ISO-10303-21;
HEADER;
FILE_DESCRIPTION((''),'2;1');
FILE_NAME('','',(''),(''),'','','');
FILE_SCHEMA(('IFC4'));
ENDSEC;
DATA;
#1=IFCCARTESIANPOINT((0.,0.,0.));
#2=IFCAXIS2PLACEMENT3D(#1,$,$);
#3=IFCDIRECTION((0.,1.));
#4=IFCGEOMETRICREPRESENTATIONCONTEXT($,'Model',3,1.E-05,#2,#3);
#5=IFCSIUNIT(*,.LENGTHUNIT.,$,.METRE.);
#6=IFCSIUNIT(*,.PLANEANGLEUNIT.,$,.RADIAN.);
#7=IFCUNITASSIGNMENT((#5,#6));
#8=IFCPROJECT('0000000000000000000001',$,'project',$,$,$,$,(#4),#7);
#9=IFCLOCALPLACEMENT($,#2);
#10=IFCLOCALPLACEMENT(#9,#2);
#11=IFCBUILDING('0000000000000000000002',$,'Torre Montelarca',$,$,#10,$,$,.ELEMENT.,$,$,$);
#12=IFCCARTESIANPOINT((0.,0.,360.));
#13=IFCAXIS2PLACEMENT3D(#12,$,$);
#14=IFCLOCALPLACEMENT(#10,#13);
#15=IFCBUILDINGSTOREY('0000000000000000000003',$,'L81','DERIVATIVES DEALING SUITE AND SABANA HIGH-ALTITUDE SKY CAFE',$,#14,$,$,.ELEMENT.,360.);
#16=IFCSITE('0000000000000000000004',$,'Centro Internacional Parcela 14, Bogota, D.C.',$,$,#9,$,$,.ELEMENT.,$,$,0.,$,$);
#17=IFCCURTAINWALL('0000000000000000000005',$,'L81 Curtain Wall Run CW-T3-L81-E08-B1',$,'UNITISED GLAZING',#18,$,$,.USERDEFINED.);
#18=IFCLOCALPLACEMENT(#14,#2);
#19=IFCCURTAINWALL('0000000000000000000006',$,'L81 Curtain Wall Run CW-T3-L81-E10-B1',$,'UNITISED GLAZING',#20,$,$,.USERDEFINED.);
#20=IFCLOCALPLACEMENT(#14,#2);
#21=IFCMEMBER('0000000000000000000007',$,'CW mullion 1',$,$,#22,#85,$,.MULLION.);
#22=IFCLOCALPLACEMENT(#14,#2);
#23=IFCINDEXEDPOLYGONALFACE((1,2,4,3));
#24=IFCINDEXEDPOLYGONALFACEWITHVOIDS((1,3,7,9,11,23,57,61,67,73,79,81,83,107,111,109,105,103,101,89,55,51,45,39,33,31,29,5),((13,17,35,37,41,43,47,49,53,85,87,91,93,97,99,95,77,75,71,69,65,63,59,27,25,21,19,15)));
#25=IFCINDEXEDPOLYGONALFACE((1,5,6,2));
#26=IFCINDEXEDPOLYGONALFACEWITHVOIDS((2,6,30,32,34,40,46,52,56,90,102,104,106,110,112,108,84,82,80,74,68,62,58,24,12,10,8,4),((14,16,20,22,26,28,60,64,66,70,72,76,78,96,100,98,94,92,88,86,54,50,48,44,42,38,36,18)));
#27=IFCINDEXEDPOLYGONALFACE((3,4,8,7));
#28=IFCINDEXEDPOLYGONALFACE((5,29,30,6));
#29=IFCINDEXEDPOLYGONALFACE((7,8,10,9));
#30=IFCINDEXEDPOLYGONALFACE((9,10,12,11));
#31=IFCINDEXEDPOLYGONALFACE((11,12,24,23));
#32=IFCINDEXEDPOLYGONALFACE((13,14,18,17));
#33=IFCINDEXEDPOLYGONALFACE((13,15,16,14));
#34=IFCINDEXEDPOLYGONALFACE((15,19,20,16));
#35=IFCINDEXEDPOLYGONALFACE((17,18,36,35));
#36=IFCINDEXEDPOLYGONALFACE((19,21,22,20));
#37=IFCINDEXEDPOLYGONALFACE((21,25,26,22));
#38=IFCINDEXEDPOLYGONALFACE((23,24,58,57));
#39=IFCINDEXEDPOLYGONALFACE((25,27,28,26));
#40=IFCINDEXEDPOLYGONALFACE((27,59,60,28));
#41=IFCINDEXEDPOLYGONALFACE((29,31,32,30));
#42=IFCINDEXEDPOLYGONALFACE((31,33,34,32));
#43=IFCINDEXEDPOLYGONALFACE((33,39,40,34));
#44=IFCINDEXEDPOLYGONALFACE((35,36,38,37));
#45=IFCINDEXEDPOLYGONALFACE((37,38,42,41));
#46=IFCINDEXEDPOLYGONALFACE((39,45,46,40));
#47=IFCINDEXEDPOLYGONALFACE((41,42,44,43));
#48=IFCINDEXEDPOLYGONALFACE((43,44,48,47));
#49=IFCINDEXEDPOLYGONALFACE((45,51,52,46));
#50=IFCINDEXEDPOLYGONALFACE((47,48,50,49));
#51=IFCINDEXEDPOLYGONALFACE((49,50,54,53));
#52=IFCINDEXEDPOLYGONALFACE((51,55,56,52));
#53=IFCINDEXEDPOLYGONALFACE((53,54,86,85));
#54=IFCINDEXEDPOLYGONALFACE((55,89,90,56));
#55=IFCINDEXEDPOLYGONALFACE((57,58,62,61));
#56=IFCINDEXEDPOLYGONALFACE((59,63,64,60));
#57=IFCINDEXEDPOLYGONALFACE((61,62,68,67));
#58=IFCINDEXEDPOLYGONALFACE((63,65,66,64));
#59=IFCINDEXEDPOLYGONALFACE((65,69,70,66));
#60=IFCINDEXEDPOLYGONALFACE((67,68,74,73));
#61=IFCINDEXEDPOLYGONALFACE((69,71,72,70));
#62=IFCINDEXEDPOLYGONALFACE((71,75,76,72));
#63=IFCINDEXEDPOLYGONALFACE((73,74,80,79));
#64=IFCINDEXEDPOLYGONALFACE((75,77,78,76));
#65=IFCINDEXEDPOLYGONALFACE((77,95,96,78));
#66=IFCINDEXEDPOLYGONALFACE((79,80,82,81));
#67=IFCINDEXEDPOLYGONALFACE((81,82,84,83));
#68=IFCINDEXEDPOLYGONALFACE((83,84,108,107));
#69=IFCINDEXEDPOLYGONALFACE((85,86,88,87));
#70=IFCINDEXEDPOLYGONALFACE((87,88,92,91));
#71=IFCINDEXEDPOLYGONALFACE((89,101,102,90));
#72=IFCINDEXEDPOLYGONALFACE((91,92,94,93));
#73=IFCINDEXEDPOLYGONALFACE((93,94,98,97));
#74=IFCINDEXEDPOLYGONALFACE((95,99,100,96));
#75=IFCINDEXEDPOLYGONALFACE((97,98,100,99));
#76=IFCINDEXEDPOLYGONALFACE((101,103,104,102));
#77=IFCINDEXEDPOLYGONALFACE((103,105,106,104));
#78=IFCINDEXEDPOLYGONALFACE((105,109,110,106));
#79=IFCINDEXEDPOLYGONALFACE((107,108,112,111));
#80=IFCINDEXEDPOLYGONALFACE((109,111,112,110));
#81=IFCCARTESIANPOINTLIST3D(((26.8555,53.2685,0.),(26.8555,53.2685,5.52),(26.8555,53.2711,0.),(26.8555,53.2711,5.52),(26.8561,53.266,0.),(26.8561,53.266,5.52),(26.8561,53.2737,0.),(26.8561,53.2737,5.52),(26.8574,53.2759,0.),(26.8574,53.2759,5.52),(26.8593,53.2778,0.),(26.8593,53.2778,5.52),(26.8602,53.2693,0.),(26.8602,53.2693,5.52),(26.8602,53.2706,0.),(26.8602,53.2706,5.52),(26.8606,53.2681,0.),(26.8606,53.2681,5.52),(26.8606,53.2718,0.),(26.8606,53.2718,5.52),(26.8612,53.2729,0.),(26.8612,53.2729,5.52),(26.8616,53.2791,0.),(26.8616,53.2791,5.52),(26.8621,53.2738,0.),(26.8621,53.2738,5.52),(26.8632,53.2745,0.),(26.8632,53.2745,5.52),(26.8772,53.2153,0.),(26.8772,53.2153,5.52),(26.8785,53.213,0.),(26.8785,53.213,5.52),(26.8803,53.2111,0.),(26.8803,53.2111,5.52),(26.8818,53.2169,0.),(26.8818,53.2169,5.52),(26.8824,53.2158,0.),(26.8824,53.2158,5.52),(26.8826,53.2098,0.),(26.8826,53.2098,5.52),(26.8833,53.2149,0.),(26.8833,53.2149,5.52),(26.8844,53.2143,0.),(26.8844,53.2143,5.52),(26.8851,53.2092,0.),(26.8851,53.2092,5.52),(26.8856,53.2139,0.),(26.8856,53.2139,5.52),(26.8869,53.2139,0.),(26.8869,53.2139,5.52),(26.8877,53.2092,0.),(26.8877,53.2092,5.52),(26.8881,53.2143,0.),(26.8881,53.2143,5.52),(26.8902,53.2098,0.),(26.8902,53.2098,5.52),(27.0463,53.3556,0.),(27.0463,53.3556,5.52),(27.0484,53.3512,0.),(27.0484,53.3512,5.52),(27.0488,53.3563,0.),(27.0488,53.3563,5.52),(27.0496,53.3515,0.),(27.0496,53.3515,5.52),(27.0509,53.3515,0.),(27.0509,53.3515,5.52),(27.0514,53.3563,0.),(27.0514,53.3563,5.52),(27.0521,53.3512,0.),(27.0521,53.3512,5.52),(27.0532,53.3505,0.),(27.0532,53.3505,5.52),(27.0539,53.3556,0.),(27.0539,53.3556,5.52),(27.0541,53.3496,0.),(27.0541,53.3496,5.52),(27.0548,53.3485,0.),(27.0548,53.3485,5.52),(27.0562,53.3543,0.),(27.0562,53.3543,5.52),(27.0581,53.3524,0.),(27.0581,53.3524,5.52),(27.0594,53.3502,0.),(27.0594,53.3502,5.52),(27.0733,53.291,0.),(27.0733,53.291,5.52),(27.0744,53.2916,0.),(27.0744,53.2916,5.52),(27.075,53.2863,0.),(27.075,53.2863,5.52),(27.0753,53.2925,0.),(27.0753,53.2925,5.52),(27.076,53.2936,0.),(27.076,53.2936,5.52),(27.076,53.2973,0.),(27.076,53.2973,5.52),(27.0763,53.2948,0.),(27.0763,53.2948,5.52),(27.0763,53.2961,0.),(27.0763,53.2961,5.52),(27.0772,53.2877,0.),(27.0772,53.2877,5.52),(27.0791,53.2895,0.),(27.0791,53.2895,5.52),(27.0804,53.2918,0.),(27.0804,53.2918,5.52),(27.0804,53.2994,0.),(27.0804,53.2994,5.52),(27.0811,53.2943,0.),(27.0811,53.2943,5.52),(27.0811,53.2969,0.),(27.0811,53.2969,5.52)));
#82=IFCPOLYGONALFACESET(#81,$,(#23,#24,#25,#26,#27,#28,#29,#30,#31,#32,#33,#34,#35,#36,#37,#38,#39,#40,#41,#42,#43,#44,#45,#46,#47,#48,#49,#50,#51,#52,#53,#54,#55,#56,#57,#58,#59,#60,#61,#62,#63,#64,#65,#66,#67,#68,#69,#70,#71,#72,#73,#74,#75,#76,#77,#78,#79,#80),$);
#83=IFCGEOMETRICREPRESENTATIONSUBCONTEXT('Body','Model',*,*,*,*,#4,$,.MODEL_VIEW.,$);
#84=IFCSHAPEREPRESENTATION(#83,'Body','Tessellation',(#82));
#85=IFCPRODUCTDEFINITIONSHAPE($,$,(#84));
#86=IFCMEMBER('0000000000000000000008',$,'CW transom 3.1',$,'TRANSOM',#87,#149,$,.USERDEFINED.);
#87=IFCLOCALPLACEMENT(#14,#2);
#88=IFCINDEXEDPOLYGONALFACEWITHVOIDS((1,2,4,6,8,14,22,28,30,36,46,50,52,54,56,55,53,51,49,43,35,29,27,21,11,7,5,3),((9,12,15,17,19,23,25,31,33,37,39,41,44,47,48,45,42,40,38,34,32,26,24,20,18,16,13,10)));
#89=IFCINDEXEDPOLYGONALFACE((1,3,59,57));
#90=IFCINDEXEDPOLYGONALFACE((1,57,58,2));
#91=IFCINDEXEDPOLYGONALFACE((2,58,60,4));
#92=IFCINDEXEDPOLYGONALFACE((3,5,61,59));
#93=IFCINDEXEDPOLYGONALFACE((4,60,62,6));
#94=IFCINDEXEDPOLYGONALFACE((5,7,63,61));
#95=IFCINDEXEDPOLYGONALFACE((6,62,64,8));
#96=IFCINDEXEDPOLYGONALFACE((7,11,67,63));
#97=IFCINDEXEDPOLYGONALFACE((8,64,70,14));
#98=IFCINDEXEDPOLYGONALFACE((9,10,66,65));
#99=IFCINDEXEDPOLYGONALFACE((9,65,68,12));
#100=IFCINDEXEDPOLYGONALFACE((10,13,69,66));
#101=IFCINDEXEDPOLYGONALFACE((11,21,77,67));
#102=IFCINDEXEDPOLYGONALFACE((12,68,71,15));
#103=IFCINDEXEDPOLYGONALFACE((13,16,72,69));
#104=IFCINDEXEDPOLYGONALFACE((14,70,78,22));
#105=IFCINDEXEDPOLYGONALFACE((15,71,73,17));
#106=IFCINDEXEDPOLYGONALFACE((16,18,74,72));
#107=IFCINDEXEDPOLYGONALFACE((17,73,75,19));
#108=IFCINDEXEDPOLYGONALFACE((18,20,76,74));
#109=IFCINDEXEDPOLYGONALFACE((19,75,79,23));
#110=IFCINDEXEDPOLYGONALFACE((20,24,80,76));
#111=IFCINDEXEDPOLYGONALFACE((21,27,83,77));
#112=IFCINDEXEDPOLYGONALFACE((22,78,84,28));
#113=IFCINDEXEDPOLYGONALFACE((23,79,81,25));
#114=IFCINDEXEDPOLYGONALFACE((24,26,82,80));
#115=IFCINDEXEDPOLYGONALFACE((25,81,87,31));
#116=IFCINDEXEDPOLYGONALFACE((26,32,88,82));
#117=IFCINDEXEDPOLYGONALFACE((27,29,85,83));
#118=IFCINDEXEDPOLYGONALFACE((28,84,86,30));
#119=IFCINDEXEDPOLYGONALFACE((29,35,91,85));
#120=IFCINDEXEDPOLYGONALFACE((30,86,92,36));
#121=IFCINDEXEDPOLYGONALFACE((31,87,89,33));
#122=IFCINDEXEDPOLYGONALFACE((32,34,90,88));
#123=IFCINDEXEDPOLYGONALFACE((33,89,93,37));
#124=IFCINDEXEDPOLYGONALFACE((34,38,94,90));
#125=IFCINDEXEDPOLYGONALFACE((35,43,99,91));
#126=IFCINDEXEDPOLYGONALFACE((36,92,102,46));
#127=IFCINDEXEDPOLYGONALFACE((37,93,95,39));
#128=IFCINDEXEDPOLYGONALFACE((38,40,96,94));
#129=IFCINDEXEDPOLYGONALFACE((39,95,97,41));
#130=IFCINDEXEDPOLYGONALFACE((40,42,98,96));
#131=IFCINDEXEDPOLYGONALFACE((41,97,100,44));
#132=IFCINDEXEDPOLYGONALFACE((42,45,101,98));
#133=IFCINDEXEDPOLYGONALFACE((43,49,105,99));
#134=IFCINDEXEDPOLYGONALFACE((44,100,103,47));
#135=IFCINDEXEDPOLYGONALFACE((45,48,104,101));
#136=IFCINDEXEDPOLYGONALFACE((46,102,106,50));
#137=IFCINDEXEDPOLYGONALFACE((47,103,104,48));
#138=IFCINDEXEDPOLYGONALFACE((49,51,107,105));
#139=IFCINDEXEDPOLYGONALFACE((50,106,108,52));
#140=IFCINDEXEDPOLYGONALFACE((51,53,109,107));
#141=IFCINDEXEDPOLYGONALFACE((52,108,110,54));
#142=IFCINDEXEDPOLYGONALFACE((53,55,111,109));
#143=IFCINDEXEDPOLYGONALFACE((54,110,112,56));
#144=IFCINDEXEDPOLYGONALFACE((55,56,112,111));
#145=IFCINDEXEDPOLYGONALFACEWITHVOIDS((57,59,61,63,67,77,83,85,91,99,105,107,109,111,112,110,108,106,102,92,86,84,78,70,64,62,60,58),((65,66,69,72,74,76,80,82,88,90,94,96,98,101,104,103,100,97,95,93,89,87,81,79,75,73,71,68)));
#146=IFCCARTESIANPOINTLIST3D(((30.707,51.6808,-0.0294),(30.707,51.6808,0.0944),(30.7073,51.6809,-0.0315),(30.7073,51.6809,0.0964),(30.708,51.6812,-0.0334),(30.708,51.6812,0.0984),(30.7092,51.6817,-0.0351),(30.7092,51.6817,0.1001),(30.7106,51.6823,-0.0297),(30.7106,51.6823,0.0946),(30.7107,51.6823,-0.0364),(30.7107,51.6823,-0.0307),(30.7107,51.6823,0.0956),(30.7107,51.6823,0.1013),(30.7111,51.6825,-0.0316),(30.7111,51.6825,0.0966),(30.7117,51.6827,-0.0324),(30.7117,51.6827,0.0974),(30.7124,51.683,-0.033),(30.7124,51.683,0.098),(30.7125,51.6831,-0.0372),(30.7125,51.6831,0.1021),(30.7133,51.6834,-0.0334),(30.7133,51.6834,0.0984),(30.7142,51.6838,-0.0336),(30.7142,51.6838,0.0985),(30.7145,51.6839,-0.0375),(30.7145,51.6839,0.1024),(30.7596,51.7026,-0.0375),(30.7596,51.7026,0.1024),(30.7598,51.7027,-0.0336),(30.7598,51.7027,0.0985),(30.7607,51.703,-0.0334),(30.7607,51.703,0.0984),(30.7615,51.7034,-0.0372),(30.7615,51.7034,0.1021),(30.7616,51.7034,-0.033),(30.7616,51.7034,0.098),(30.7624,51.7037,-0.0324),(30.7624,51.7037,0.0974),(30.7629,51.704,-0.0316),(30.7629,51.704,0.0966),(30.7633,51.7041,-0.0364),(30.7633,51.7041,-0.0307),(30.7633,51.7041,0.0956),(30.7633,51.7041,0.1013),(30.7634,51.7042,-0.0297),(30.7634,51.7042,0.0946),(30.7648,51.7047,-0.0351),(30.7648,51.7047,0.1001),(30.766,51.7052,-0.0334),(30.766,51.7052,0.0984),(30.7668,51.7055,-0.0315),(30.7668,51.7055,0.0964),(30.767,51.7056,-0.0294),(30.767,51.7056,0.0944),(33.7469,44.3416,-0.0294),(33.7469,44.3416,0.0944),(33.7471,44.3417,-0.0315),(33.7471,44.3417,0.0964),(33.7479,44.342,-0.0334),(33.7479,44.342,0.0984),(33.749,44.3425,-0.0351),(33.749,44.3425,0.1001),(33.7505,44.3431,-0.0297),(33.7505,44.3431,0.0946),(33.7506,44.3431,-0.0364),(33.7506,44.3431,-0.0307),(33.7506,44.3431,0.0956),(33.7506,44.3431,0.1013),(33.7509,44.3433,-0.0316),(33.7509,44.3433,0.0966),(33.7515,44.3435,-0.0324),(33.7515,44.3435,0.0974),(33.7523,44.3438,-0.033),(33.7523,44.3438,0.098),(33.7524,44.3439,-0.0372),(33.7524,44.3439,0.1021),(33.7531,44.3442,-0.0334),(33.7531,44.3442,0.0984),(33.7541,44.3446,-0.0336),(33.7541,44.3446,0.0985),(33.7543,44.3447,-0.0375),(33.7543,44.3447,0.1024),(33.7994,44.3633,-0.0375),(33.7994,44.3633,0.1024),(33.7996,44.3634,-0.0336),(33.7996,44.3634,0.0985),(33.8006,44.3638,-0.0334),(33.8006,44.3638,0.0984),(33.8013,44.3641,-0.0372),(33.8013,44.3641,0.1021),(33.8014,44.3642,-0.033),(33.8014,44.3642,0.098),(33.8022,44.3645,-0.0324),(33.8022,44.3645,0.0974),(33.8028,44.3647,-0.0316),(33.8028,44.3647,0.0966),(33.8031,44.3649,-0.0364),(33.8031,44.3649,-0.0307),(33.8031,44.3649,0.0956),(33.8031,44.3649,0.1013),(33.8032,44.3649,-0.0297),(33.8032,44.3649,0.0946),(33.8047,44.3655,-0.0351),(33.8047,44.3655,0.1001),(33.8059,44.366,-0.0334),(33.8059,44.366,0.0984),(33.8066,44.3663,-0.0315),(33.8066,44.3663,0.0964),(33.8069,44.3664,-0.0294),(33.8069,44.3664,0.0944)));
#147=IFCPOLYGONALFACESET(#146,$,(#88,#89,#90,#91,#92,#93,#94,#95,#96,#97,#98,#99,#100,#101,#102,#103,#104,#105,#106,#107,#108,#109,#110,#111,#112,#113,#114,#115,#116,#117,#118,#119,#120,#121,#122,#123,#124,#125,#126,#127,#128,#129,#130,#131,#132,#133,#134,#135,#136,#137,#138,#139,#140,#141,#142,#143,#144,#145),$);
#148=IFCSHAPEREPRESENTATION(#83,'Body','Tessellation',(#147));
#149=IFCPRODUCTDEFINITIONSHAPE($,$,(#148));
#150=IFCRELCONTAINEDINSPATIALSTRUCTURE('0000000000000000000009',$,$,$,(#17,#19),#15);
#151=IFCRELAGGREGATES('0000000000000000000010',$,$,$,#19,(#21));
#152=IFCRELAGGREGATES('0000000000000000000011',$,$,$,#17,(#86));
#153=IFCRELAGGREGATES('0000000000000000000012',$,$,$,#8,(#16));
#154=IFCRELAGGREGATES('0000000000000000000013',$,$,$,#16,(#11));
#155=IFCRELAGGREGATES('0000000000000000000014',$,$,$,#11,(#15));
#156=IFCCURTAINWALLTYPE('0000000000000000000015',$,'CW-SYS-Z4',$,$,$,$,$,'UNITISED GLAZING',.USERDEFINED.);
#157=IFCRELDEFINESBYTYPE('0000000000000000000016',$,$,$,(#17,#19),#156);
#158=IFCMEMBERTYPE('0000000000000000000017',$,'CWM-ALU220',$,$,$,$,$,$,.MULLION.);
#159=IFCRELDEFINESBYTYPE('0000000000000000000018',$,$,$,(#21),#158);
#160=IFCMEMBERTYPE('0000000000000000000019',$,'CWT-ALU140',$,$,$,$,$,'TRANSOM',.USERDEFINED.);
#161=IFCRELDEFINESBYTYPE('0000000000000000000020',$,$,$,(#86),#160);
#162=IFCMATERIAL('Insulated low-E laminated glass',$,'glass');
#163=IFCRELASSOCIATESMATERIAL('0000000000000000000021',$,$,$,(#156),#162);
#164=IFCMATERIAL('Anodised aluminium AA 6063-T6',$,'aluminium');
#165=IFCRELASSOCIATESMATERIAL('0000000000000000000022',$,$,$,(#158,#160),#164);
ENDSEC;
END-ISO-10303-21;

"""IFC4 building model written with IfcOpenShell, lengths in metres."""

from ifc_helpers import new_model, si_unit, direction, frame, origin, origin_2d, place, context, subcontext, project, spatial, hollow_rectangle, extrude, source, transform, mapped, material, material_profile, profile_set, type_object, element, aggregate, save


model = new_model("IFC4")

# Units and contexts
model_context = context("Model", 3, precision=1e-05, world=origin(), true_north=direction((0.0, 1.0)))
body_context = subcontext(model_context, "Body", "Model", "MODEL_VIEW")
ifc_project = project(units=[si_unit("LENGTHUNIT", "METRE"), si_unit("PLANEANGLEUNIT", "RADIAN")], contexts=[model_context])

# Site, building, storey
site_placement = place(None, origin())
site = spatial("IfcSite", under=ifc_project, at=site_placement, Name="Centro Internacional Parcela 14, Bogota, D.C.", CompositionType="ELEMENT", RefElevation=0.0)
building_placement = place(site_placement, origin())
building = spatial("IfcBuilding", under=site, at=building_placement, Name="Torre Montelarca", CompositionType="ELEMENT")
storey_placement = place(building_placement, frame((0.0, 0.0, 360.0)))
storey = spatial("IfcBuildingStorey", under=building, at=storey_placement, Name="L81", Description="DERIVATIVES DEALING SUITE AND SABANA HIGH-ALTITUDE SKY CAFE", CompositionType="ELEMENT", Elevation=360.0)

# Curtain wall
ifc_material_1 = material(Name="Insulated low-E laminated glass", Category="glass")
curtain_wall_type = type_object("IfcCurtainWallType", Name="CW-SYS-Z4", ElementType="UNITISED GLAZING", PredefinedType="USERDEFINED", material=ifc_material_1)
curtain_wall_1_placement = place(storey_placement, origin())
curtain_wall_1 = element("IfcCurtainWall", 1, at=curtain_wall_1_placement, inside=storey, type_object=curtain_wall_type, Name="L81 Curtain Wall Run CW-T3-L81-E08-B1", ObjectType="UNITISED GLAZING", PredefinedType="USERDEFINED")
ifc_material_2 = material(Name="Anodised aluminium AA 6063-T6", Category="aluminium")
ifc_material_profile_1 = material_profile(ifc_material_2, hollow_rectangle(XDim=0.075, YDim=0.22, WallThickness=0.0049, InnerFilletRadius=0.0049, OuterFilletRadius=0.01, at=origin_2d()), Name="ALU75X220X5", Category="aluminium")
ifc_profile_set_1 = profile_set([ifc_material_profile_1], Name="Anodised aluminium AA 6063-T6")
member_type_1 = type_object("IfcMemberType", Name="CWM-ALU220", PredefinedType="MULLION", material=ifc_profile_set_1)
shared_shape_1 = source(origin(), body_context, "Body", "SweptSolid", [
    extrude(hollow_rectangle(XDim=0.075, YDim=0.22, WallThickness=0.0049, InnerFilletRadius=0.0049, OuterFilletRadius=0.01, at=origin_2d()), origin(), (0.0, 0.0, 1.0), 5.52),
])

# Curtain wall, member
curtain_wall_2_placement = place(storey_placement, origin())
curtain_wall_2 = element("IfcCurtainWall", 2, at=curtain_wall_2_placement, inside=storey, type_object=curtain_wall_type, Name="L81 Curtain Wall Run CW-T3-L81-E10-B1", ObjectType="UNITISED GLAZING", PredefinedType="USERDEFINED")
member_1_placement = place(storey_placement, frame((26.9683, 53.2827, 0.0), z_axis=(0.0, 0.0, 1.0), x_axis=(0.382672, -0.923884, 0.0)))
member_1 = element("IfcMember", 3, at=member_1_placement, type_object=member_type_1, Name="CW mullion 1", PredefinedType="MULLION", context=body_context, shape_type="MappedRepresentation", body=[
    mapped(shared_shape_1, transform((0.0, 0.0, 0.0), scale=1.0)),
])

# Member
ifc_material_profile_2 = material_profile(ifc_material_2, hollow_rectangle(XDim=0.0649, YDim=0.1399, WallThickness=0.0039, InnerFilletRadius=0.0039, OuterFilletRadius=0.0081, at=origin_2d()), Name="ALU65X140X4", Category="aluminium")
ifc_profile_set_2 = profile_set([ifc_material_profile_2], Name="Anodised aluminium AA 6063-T6")
member_type_2 = type_object("IfcMemberType", Name="CWT-ALU140", ElementType="TRANSOM", PredefinedType="USERDEFINED", material=ifc_profile_set_2)
shared_shape_2 = source(origin(), body_context, "Body", "SweptSolid", [
    extrude(hollow_rectangle(XDim=0.0649, YDim=0.1399, WallThickness=0.0039, InnerFilletRadius=0.0039, OuterFilletRadius=0.0081, at=origin_2d()), origin(), (0.0, 0.0, 1.0), 7.9438),
])
member_2_placement = place(storey_placement, frame((33.7769, 44.354, 0.0325), z_axis=(-0.382666, 0.923887, 0.0), x_axis=(-0.923887, -0.382666, 0.0)))
member_2 = element("IfcMember", 4, at=member_2_placement, type_object=member_type_2, Name="CW transom 3.1", ObjectType="TRANSOM", PredefinedType="USERDEFINED", context=body_context, shape_type="MappedRepresentation", body=[
    mapped(shared_shape_2, transform((0.0, 0.0, 0.0), scale=1.0)),
])
aggregate(curtain_wall_2, [member_1])

aggregate(curtain_wall_1, [member_2])

save(model, "model.ifc")
